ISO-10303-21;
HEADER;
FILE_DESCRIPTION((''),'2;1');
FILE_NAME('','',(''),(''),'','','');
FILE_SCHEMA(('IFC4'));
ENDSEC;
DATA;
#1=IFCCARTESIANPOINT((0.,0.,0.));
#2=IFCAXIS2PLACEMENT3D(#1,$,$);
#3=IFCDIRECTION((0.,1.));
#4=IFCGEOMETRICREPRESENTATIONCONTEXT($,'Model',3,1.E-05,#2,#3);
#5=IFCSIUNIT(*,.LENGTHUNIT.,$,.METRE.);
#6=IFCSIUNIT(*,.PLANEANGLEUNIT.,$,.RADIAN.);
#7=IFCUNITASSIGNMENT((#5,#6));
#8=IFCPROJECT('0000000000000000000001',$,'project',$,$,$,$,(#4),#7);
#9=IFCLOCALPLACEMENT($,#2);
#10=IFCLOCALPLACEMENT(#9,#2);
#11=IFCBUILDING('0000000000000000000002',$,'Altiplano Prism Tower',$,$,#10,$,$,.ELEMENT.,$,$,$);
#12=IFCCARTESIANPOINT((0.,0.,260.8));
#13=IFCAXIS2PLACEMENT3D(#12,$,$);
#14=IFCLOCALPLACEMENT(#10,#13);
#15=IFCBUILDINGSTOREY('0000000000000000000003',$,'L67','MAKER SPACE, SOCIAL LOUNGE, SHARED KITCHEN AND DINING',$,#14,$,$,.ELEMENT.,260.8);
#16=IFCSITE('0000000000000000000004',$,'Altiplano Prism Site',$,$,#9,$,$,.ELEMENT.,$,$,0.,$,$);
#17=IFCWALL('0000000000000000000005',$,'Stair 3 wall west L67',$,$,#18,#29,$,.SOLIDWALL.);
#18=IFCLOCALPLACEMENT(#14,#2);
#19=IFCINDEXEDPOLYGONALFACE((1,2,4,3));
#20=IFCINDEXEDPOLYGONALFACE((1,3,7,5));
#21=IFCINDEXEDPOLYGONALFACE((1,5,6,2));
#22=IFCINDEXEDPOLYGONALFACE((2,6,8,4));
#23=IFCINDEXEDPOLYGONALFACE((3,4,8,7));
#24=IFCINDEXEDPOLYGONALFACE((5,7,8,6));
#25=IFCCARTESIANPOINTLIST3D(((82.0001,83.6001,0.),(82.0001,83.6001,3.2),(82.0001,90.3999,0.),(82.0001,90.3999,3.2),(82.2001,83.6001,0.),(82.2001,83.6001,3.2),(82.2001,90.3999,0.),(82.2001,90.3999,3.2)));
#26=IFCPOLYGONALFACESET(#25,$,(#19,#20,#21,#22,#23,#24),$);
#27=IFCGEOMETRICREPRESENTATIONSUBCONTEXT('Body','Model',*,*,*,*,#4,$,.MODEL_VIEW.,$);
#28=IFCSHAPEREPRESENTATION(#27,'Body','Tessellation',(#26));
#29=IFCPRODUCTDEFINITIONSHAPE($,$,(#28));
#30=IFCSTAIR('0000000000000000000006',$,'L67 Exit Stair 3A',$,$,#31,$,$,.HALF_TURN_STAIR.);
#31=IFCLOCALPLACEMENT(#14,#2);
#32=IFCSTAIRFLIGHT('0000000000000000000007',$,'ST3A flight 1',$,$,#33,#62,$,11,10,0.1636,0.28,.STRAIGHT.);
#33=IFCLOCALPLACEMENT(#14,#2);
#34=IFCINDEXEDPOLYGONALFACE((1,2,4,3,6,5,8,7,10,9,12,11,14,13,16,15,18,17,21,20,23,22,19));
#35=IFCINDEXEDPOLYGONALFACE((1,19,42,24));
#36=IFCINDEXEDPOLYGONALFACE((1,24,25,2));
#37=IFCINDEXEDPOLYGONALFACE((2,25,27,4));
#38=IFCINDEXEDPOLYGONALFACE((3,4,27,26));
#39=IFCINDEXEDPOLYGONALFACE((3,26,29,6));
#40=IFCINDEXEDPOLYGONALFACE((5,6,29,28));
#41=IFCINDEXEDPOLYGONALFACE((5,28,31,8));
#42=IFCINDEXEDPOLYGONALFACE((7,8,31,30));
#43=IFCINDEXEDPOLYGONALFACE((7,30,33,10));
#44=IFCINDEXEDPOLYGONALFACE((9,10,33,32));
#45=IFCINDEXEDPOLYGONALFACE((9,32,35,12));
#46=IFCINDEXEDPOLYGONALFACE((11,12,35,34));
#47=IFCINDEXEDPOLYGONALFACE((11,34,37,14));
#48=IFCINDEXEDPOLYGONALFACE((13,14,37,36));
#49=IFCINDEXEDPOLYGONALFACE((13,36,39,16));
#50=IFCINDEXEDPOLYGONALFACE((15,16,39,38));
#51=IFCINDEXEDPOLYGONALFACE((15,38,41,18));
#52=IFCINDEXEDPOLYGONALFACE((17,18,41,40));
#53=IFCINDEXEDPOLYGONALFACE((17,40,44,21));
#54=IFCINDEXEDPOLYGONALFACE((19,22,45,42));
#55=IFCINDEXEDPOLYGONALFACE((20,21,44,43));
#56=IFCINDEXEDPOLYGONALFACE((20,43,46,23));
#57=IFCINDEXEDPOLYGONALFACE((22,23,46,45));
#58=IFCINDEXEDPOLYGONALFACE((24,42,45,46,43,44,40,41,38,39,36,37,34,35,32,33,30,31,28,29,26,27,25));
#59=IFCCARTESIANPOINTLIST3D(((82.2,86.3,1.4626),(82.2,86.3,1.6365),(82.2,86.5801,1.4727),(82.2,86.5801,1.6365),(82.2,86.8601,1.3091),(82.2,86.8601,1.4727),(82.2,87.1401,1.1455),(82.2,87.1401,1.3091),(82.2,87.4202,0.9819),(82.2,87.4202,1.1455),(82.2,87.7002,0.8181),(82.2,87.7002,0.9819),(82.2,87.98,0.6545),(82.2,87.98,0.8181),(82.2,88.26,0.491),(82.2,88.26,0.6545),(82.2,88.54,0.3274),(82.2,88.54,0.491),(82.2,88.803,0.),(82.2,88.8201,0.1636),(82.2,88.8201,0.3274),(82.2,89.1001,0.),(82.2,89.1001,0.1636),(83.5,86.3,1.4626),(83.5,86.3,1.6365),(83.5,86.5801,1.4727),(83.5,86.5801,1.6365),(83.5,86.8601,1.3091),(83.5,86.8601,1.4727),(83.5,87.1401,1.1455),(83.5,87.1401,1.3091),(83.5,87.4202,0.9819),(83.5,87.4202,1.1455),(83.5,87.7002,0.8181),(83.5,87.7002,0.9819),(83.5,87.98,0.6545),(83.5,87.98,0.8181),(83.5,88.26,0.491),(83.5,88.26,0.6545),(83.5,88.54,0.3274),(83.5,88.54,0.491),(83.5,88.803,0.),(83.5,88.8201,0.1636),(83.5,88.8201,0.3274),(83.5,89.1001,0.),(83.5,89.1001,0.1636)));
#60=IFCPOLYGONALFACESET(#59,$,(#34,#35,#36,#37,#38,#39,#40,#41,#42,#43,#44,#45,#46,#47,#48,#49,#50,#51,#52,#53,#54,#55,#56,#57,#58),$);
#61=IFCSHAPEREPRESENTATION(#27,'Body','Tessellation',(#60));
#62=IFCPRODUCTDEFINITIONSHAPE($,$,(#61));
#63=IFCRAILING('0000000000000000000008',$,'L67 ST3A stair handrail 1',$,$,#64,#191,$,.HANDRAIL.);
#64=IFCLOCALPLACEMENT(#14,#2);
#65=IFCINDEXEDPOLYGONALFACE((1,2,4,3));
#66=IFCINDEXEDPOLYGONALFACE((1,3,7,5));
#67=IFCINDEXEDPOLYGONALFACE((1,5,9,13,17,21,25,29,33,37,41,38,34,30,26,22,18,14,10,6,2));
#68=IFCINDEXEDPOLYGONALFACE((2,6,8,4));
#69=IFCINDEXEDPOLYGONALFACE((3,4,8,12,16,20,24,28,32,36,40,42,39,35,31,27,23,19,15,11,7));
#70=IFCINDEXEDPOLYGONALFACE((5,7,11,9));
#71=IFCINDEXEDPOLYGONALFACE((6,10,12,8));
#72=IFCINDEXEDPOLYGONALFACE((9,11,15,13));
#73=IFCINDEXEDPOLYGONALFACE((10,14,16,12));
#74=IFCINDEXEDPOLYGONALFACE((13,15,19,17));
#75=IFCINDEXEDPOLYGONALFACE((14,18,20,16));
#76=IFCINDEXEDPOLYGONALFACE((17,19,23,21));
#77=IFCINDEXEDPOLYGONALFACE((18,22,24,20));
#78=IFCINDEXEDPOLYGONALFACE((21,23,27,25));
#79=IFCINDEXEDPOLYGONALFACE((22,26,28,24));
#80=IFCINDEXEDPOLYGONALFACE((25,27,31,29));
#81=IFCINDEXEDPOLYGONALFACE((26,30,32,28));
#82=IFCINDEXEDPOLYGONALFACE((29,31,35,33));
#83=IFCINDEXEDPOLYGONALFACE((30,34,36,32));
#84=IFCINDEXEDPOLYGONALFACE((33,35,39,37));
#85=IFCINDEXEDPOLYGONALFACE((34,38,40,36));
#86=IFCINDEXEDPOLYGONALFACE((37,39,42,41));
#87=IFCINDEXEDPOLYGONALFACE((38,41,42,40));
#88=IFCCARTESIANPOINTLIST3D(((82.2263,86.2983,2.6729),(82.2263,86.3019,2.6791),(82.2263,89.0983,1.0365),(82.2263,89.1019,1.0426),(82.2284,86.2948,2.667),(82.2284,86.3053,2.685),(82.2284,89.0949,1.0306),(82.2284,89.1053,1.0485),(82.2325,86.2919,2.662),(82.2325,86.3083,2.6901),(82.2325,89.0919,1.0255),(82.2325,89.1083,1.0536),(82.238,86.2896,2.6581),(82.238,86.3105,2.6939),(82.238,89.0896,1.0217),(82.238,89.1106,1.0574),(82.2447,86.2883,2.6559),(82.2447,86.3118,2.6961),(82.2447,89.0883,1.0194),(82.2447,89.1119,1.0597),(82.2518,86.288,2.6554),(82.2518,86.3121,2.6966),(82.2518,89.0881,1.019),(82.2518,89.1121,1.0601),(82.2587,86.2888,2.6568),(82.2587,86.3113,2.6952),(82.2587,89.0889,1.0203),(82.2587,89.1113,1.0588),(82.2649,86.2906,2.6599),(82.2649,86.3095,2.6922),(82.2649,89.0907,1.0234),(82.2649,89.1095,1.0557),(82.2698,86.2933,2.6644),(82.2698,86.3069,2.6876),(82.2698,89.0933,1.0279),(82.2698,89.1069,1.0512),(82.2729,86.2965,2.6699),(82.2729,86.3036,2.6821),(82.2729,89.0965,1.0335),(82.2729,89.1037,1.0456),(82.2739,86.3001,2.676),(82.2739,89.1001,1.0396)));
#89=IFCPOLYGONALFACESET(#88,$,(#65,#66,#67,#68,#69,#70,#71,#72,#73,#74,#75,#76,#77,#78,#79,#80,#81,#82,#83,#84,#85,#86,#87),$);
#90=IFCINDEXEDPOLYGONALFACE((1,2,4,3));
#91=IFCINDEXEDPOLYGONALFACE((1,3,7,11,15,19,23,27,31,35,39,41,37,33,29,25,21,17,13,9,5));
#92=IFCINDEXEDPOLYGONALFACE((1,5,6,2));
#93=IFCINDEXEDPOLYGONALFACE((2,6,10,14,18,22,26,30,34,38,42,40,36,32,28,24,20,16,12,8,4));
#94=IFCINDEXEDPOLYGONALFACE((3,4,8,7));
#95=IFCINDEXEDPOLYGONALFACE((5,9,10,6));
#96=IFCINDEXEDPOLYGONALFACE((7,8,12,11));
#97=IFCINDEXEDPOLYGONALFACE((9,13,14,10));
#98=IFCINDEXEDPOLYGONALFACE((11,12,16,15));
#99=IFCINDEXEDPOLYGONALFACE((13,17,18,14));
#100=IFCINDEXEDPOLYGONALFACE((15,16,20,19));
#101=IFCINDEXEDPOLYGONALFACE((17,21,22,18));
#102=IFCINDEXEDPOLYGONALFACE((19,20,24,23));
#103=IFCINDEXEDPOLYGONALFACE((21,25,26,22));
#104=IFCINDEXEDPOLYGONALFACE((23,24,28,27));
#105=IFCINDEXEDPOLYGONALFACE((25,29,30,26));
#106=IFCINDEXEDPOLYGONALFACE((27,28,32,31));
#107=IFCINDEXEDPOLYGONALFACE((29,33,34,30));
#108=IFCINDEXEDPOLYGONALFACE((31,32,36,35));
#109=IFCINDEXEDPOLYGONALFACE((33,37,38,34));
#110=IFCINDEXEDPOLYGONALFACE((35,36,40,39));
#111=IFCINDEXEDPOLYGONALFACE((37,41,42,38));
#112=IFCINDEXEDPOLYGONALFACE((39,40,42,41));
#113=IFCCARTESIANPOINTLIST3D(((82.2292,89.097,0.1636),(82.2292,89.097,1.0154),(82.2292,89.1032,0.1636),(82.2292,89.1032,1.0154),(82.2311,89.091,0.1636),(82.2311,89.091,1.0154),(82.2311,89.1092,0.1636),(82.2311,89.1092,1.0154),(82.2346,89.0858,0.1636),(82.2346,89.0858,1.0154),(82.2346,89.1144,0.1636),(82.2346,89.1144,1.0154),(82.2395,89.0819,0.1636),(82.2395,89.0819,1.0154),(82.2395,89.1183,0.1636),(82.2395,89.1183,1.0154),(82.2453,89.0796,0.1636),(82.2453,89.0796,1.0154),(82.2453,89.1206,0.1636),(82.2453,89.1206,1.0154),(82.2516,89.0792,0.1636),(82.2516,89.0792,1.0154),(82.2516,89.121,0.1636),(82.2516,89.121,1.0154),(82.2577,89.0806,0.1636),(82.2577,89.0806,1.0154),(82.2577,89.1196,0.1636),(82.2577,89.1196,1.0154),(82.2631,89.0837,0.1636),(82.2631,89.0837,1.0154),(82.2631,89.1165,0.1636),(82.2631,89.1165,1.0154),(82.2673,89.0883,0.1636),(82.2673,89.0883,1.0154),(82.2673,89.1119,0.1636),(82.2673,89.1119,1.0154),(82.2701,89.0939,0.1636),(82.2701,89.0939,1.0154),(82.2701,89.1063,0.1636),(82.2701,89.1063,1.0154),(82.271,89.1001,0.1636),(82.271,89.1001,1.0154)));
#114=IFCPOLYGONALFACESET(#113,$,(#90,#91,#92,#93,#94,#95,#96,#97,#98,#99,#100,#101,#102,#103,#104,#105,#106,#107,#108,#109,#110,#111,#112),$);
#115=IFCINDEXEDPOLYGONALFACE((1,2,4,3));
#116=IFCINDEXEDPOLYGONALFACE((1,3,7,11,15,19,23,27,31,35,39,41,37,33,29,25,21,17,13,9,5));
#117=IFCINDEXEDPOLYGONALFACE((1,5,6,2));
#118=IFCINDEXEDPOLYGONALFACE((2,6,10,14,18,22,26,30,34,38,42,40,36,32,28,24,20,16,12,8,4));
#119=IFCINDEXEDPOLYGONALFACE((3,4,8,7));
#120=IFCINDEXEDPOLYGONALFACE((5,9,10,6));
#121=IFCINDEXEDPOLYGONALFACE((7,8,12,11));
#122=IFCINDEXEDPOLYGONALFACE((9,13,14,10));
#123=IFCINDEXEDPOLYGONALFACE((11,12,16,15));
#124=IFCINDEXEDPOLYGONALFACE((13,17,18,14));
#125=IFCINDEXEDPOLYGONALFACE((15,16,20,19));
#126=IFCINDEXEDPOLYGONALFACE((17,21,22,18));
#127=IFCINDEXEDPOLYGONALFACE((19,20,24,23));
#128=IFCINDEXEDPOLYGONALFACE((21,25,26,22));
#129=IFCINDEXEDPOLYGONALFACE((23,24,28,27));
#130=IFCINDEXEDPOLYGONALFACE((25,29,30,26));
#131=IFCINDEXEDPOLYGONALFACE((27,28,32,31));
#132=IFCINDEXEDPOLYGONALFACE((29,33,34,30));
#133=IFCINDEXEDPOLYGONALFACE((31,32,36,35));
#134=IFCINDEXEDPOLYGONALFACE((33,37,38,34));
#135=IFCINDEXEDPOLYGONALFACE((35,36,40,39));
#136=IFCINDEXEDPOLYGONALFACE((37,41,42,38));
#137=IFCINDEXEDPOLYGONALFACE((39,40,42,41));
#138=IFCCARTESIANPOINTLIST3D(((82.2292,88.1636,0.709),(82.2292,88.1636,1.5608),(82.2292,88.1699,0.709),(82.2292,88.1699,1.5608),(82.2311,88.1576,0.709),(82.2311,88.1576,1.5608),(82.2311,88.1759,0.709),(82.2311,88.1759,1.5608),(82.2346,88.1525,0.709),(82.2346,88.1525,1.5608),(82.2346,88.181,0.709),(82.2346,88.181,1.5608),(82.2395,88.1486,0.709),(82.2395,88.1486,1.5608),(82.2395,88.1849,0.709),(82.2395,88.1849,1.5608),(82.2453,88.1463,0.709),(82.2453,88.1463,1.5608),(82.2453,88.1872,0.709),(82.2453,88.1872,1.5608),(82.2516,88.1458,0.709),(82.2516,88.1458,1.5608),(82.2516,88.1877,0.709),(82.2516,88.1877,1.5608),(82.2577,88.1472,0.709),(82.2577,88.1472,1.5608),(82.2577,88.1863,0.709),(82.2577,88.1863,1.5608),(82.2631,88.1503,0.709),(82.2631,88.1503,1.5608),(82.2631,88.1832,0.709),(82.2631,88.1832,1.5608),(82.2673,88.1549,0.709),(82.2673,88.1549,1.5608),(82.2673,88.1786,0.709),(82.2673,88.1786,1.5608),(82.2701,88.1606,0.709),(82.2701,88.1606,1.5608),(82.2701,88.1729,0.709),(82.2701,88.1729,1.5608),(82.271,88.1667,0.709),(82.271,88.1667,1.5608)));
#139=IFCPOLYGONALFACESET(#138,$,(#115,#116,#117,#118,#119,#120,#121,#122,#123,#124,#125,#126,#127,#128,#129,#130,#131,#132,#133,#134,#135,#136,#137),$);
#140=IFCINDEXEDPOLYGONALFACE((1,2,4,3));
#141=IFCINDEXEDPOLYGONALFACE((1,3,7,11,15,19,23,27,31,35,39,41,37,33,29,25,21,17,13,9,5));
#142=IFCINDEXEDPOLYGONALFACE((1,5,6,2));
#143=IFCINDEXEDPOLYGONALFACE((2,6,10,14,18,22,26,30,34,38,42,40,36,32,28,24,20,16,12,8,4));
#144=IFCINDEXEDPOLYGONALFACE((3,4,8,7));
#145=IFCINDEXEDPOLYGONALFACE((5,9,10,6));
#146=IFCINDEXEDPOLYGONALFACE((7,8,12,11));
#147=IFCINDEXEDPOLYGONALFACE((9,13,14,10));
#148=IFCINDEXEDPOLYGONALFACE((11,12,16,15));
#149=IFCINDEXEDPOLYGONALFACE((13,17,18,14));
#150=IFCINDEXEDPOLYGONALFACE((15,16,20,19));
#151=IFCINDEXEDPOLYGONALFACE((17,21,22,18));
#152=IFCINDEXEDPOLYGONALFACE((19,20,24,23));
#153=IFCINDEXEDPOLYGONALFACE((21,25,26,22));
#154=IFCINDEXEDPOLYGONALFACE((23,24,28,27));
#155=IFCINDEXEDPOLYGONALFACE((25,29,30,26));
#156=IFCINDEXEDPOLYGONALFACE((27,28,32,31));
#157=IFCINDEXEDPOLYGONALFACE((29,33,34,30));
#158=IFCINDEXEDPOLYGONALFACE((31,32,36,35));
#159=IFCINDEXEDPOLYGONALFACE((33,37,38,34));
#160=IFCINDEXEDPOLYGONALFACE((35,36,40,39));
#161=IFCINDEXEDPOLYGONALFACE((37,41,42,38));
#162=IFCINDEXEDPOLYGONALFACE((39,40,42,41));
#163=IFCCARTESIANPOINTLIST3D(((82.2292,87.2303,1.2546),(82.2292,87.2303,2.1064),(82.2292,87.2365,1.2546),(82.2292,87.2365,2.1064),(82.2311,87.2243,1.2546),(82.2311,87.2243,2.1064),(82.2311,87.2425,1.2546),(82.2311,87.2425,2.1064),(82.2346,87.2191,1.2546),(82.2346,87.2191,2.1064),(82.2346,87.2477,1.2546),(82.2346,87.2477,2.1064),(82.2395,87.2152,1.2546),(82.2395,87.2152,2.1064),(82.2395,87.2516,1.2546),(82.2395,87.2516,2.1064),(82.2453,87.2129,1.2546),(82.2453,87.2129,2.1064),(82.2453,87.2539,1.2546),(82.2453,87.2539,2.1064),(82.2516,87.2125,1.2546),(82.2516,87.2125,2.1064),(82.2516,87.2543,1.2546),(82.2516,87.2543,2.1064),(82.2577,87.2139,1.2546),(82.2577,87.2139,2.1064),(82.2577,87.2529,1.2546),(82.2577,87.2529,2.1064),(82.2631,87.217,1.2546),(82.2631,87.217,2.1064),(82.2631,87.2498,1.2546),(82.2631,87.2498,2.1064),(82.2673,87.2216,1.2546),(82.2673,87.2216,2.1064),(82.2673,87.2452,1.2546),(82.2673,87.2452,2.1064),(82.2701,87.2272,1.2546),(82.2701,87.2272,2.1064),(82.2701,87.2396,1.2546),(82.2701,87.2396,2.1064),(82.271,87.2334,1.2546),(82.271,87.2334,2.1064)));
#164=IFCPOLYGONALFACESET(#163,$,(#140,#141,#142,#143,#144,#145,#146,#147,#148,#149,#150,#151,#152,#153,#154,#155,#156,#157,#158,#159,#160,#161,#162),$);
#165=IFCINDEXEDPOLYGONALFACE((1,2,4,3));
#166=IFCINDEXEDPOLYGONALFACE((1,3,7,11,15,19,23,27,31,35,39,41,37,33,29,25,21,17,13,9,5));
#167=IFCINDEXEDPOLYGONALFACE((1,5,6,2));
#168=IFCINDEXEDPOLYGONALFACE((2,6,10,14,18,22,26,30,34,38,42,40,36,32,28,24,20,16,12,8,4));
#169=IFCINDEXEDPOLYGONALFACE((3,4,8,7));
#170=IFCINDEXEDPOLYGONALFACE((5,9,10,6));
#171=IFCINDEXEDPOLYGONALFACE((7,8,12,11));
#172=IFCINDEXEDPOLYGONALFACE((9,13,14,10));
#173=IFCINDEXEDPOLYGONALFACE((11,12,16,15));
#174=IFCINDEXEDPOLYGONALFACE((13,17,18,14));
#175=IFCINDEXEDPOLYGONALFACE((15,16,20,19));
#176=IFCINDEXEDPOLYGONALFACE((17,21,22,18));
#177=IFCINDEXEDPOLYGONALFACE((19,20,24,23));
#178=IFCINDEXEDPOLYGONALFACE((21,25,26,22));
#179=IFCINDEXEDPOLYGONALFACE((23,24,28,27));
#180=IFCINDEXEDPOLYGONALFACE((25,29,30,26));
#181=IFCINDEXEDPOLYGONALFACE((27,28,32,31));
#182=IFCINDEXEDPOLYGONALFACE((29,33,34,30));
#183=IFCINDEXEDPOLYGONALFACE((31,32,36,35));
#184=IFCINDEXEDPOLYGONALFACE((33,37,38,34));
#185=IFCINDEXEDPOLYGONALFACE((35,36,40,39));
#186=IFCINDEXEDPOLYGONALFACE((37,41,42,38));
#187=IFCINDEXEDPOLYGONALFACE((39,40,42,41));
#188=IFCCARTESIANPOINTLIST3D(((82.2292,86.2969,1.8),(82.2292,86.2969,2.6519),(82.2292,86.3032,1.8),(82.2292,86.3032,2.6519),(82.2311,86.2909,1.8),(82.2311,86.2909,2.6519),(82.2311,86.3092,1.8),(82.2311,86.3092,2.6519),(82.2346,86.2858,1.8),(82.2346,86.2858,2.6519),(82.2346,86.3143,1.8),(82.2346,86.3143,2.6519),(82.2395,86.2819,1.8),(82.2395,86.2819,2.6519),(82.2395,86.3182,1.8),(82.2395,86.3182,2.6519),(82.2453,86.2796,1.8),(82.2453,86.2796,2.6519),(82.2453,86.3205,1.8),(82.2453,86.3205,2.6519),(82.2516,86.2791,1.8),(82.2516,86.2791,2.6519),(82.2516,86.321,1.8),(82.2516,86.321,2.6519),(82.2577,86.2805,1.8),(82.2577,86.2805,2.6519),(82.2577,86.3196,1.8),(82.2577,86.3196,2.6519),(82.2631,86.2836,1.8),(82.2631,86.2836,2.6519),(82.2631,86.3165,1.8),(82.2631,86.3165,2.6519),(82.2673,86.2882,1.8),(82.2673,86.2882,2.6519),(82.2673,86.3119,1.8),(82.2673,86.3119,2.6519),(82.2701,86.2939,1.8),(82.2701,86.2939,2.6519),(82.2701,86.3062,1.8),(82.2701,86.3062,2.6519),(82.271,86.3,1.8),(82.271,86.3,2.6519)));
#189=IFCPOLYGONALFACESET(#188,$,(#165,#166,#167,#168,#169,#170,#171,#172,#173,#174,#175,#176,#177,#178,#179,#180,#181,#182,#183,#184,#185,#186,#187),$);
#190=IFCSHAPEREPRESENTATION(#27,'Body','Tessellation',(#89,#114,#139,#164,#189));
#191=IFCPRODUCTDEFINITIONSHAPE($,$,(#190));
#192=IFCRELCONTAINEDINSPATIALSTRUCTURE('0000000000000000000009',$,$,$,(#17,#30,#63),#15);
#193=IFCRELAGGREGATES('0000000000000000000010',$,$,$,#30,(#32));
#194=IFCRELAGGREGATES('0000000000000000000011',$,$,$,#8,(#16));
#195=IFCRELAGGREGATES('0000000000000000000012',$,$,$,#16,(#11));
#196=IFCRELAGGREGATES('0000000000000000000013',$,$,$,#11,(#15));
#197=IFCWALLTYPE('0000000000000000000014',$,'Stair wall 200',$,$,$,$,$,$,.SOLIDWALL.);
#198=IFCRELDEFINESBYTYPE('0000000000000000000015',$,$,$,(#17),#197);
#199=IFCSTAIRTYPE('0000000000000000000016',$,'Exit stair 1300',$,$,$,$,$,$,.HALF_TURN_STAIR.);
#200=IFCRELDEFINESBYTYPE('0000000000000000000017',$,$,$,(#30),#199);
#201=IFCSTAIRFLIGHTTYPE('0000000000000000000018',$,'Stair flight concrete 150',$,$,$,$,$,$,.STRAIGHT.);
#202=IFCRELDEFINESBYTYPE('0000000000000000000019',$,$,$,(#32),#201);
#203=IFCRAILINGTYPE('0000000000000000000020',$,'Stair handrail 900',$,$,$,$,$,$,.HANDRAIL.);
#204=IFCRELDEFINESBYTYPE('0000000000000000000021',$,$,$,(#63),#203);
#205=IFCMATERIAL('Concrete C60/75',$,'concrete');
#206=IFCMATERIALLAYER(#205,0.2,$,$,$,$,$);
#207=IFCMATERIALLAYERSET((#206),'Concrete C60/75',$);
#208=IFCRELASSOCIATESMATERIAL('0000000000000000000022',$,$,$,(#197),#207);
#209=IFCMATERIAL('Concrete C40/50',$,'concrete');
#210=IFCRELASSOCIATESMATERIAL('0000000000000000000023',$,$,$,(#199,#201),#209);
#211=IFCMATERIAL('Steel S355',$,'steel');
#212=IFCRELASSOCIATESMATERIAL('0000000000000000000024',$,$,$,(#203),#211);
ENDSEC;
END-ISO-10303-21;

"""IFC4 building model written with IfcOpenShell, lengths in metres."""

from ifc_helpers import new_model, si_unit, direction, frame, frame_2d, origin, origin_2d, place, context, subcontext, project, spatial, polyline, rectangle, circle, outline, extrude, material, layer, layer_set, type_object, element, aggregate, save


model = new_model("IFC4")

# Units and contexts
model_context = context("Model", 3, precision=1e-05, world=origin(), true_north=direction((0.0, 1.0)))
body_context = subcontext(model_context, "Body", "Model", "MODEL_VIEW")
ifc_project = project(units=[si_unit("LENGTHUNIT", "METRE"), si_unit("PLANEANGLEUNIT", "RADIAN")], contexts=[model_context])

# Site, building, storey
site_placement = place(None, origin())
site = spatial("IfcSite", under=ifc_project, at=site_placement, Name="Altiplano Prism Site", CompositionType="ELEMENT", RefElevation=0.0)
building_placement = place(site_placement, origin())
building = spatial("IfcBuilding", under=site, at=building_placement, Name="Altiplano Prism Tower", CompositionType="ELEMENT")
storey_placement = place(building_placement, frame((0.0, 0.0, 260.8)))
storey = spatial("IfcBuildingStorey", under=building, at=storey_placement, Name="L67", Description="MAKER SPACE, SOCIAL LOUNGE, SHARED KITCHEN AND DINING", CompositionType="ELEMENT", Elevation=260.8)

# Shared definitions
ifc_material_1 = material(Name="Concrete C60/75", Category="concrete")

# Shared definitions
ifc_layer_1 = layer(ifc_material_1, 0.2)
ifc_layer_set_1 = layer_set([ifc_layer_1], Name="Concrete C60/75")
wall_type_1 = type_object("IfcWallType", Name="Stair wall 200", PredefinedType="SOLIDWALL", material=ifc_layer_set_1)

# Wall
wall_1_placement = place(storey_placement, frame((82.1001, 83.6001, 0.0), z_axis=(0.0, 0.0, 1.0), x_axis=(0.0, 1.0, 0.0)))
element("IfcWall", 1, at=wall_1_placement, inside=storey, type_object=wall_type_1, Name="Stair 3 wall west L67", PredefinedType="SOLIDWALL", context=body_context, shape_type="SweptSolid", body=[
    extrude(rectangle(XDim=6.7998, YDim=0.2, at=frame_2d((3.3999, 0.0))), origin(), (0.0, 0.0, 1.0), 3.2),
])

# Stair, stair flight
ifc_material_2 = material(Name="Concrete C40/50", Category="concrete")
stair_type = type_object("IfcStairType", Name="Exit stair 1300", PredefinedType="HALF_TURN_STAIR", material=ifc_material_2)
stair_placement = place(storey_placement, origin())
stair = element("IfcStair", 2, at=stair_placement, inside=storey, type_object=stair_type, Name="L67 Exit Stair 3A", PredefinedType="HALF_TURN_STAIR")
stair_flight_type = type_object("IfcStairFlightType", Name="Stair flight concrete 150", PredefinedType="STRAIGHT", material=ifc_material_2)
stair_flight_placement = place(storey_placement, frame((82.8501, 89.1001, 0.0), z_axis=(0.0, 0.0, 1.0), x_axis=(0.0, -1.0, 0.0)))
stair_flight = element("IfcStairFlight", 3, at=stair_flight_placement, type_object=stair_flight_type, Name="ST3A flight 1", NumberOfRisers=11, NumberOfTreads=10, PredefinedType="STRAIGHT", RiserHeight=0.1636, TreadLength=0.28, context=body_context, shape_type="SweptSolid", body=[
    extrude(outline(polyline([(0.0, 0.0), (0.0, 0.1636), (0.28, 0.1636), (0.28, 0.3274), (0.5601, 0.3274), (0.5601, 0.491), (0.8401, 0.491), (0.8401, 0.6545), (1.1201, 0.6545), (1.1201, 0.8181), (1.3999, 0.8181), (1.3999, 0.9819), (1.6799, 0.9819), (1.6799, 1.1455), (1.96, 1.1455), (1.96, 1.3091), (2.24, 1.3091), (2.24, 1.4727), (2.52, 1.4727), (2.52, 1.6365), (2.8, 1.6365), (2.8, 1.8), (2.8, 1.4626), (0.2971, 0.0), (0.0, 0.0)])), frame((0.0, 0.6499, 0.0), z_axis=(0.0, -1.0, 0.0), x_axis=(1.0, 0.0, 0.0)), (0.0, 0.0, 1.0), 1.3),
])
aggregate(stair, [stair_flight])

# Railing
ifc_material_3 = material(Name="Steel S355", Category="steel")
railing_type_1 = type_object("IfcRailingType", Name="Stair handrail 900", PredefinedType="HANDRAIL", material=ifc_material_3)
railing_1_placement = place(storey_placement, frame((82.25, 89.1001, 0.1636)))
element("IfcRailing", 4, at=railing_1_placement, inside=storey, type_object=railing_type_1, Name="L67 ST3A stair handrail 1", PredefinedType="HANDRAIL", context=body_context, shape_type="SweptSolid", body=[
    extrude(circle(Radius=0.0239, at=origin_2d()), frame((0.0, 0.0, 0.876), z_axis=(0.0, -0.863361, 0.504587), x_axis=(1.0, 0.0, 0.0)), (0.0, 0.0, 1.0), 3.2432),
    extrude(circle(Radius=0.021, at=origin_2d()), origin(), (0.0, 0.0, 1.0), 0.8518),
    extrude(circle(Radius=0.021, at=origin_2d()), frame((0.0, -0.9333, 0.5454)), (0.0, 0.0, 1.0), 0.8518),
    extrude(circle(Radius=0.021, at=origin_2d()), frame((0.0, -1.8667, 1.0911)), (0.0, 0.0, 1.0), 0.8518),
    extrude(circle(Radius=0.021, at=origin_2d()), frame((0.0, -2.8, 1.6365)), (0.0, 0.0, 1.0), 0.8518),
])

save(model, "model.ifc")
